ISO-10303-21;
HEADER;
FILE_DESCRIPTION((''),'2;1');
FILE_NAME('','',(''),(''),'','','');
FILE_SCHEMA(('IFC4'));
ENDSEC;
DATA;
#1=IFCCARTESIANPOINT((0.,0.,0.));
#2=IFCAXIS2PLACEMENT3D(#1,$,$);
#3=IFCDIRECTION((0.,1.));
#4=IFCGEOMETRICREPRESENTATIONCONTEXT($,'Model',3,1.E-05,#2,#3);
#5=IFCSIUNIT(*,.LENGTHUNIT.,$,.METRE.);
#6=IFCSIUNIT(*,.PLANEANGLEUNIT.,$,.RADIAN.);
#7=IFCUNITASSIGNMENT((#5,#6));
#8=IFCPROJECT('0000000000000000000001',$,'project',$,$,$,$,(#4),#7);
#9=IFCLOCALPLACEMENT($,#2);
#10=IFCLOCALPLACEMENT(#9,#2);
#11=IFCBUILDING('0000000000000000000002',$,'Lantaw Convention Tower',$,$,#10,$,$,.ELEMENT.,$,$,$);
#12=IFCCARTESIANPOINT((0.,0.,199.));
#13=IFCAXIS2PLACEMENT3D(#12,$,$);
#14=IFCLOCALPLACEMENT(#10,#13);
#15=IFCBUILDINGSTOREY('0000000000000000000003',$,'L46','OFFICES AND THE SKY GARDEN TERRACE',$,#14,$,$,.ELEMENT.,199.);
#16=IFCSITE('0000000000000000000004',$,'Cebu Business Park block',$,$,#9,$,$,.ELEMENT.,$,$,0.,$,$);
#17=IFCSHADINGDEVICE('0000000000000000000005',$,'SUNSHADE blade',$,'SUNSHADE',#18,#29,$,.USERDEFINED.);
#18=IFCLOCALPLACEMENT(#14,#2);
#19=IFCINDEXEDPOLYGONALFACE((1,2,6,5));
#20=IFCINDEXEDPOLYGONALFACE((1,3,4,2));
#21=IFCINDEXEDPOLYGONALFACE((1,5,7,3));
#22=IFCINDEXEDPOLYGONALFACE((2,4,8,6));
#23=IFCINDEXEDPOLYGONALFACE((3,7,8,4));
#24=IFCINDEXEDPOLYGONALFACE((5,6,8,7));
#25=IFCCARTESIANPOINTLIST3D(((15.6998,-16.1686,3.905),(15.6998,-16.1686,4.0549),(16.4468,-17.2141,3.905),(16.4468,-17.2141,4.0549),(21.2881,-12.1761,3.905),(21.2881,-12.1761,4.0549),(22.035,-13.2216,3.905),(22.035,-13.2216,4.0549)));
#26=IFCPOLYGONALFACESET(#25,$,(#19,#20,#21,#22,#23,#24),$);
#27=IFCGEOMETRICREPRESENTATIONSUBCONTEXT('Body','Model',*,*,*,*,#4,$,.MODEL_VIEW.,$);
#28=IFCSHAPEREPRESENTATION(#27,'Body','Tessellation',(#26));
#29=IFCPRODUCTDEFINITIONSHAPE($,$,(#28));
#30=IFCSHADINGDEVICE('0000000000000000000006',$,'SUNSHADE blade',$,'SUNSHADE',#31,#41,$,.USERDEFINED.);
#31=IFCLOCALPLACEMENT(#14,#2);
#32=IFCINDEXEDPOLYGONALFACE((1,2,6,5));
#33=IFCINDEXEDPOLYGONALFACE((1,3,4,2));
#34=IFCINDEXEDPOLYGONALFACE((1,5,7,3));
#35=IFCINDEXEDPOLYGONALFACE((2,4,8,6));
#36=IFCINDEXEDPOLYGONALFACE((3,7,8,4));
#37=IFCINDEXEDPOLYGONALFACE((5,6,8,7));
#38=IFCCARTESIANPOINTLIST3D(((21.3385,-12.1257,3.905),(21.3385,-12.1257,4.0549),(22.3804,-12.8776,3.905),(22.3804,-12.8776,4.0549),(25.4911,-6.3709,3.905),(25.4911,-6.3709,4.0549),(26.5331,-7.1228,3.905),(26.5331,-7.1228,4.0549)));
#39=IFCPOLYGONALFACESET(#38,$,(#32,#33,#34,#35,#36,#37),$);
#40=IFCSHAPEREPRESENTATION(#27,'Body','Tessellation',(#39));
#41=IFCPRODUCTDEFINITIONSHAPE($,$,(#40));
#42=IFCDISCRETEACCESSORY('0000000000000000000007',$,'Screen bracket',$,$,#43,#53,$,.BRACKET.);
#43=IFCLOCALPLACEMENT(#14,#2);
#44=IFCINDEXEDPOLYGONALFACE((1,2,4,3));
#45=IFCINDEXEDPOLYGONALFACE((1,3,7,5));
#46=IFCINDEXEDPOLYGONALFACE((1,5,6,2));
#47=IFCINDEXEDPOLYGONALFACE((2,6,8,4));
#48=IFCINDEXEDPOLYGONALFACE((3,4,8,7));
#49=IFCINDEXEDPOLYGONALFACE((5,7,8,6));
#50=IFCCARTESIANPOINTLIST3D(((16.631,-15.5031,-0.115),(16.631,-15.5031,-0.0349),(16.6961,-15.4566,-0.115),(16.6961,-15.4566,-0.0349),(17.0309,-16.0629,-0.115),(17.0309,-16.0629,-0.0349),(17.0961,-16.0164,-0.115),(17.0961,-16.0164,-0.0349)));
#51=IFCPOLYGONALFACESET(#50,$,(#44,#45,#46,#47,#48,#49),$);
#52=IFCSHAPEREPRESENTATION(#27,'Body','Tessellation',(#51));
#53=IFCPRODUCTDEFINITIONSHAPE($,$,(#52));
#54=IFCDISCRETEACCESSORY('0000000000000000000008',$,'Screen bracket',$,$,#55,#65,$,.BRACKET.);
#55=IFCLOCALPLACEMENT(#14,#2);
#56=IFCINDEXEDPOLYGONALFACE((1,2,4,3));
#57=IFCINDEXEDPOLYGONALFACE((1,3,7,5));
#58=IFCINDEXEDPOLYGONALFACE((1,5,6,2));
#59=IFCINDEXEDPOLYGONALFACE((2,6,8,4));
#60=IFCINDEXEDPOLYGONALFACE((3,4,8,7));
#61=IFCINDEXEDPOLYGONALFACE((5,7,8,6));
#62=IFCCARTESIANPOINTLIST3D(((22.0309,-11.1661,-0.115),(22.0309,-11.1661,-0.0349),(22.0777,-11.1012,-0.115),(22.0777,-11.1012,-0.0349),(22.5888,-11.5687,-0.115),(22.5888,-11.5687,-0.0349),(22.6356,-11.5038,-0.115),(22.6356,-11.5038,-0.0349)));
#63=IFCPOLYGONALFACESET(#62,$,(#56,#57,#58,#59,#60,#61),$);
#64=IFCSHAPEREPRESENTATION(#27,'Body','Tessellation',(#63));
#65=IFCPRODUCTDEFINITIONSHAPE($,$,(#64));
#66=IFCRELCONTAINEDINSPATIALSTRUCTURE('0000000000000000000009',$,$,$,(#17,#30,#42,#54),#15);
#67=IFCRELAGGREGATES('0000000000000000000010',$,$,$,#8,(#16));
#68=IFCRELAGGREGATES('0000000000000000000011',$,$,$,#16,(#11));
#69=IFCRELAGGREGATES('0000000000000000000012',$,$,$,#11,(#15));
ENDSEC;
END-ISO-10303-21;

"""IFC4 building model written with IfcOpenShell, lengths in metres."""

from ifc_helpers import new_model, si_unit, direction, frame, origin, origin_2d, place, context, subcontext, project, spatial, rectangle, extrude, element, save


model = new_model("IFC4")

# Units and contexts
model_context = context("Model", 3, precision=1e-05, world=origin(), true_north=direction((0.0, 1.0)))
body_context = subcontext(model_context, "Body", "Model", "MODEL_VIEW")
ifc_project = project(units=[si_unit("LENGTHUNIT", "METRE"), si_unit("PLANEANGLEUNIT", "RADIAN")], contexts=[model_context])

# Site, building, storey
site_placement = place(None, origin())
site = spatial("IfcSite", under=ifc_project, at=site_placement, Name="Cebu Business Park block", CompositionType="ELEMENT", RefElevation=0.0)
building_placement = place(site_placement, origin())
building = spatial("IfcBuilding", under=site, at=building_placement, Name="Lantaw Convention Tower", CompositionType="ELEMENT")
storey_placement = place(building_placement, frame((0.0, 0.0, 199.0)))
storey = spatial("IfcBuildingStorey", under=building, at=storey_placement, Name="L46", Description="OFFICES AND THE SKY GARDEN TERRACE", CompositionType="ELEMENT", Elevation=199.0)

# Shading devices
shading_device_1_placement = place(storey_placement, frame((18.8674, -14.6951, 3.905), z_axis=(0.0, 0.0, 1.0), x_axis=(0.813673, 0.581323, 0.0)))
element("IfcShadingDevice", 1, at=shading_device_1_placement, inside=storey, Name="SUNSHADE blade", ObjectType="SUNSHADE", PredefinedType="USERDEFINED", context=body_context, shape_type="SweptSolid", body=[
    extrude(rectangle(XDim=6.8679, YDim=1.2849, at=origin_2d()), origin(), (0.0, 0.0, 1.0), 0.1499),
])
shading_device_2_placement = place(storey_placement, frame((23.9358, -9.6243, 3.905), z_axis=(0.0, 0.0, 1.0), x_axis=(0.585158, 0.81092, 0.0)))
element("IfcShadingDevice", 2, at=shading_device_2_placement, inside=storey, Name="SUNSHADE blade", ObjectType="SUNSHADE", PredefinedType="USERDEFINED", context=body_context, shape_type="SweptSolid", body=[
    extrude(rectangle(XDim=7.0967, YDim=1.2849, at=origin_2d()), origin(), (0.0, 0.0, 1.0), 0.1499),
])

# Discrete accessories
for number, where, z_axis, x_axis, name in (
    (3, (16.8635, -15.7598, -0.115), (0.0, 0.0, 1.0), (0.813673, 0.581323, 0.0), "Screen bracket"),
    (4, (22.3333, -11.335, -0.115), (0.0, 0.0, 1.0), (0.585158, 0.81092, 0.0), "Screen bracket"),
):
    element("IfcDiscreteAccessory", number, at=place(storey_placement, frame(where, z_axis=z_axis, x_axis=x_axis)), inside=storey, Name=name, PredefinedType="BRACKET", context=body_context, shape_type="SweptSolid", body=[
        extrude(rectangle(XDim=0.0801, YDim=0.688, at=origin_2d()), origin(), (0.0, 0.0, 1.0), 0.0801),
    ])

save(model, "model.ifc")
